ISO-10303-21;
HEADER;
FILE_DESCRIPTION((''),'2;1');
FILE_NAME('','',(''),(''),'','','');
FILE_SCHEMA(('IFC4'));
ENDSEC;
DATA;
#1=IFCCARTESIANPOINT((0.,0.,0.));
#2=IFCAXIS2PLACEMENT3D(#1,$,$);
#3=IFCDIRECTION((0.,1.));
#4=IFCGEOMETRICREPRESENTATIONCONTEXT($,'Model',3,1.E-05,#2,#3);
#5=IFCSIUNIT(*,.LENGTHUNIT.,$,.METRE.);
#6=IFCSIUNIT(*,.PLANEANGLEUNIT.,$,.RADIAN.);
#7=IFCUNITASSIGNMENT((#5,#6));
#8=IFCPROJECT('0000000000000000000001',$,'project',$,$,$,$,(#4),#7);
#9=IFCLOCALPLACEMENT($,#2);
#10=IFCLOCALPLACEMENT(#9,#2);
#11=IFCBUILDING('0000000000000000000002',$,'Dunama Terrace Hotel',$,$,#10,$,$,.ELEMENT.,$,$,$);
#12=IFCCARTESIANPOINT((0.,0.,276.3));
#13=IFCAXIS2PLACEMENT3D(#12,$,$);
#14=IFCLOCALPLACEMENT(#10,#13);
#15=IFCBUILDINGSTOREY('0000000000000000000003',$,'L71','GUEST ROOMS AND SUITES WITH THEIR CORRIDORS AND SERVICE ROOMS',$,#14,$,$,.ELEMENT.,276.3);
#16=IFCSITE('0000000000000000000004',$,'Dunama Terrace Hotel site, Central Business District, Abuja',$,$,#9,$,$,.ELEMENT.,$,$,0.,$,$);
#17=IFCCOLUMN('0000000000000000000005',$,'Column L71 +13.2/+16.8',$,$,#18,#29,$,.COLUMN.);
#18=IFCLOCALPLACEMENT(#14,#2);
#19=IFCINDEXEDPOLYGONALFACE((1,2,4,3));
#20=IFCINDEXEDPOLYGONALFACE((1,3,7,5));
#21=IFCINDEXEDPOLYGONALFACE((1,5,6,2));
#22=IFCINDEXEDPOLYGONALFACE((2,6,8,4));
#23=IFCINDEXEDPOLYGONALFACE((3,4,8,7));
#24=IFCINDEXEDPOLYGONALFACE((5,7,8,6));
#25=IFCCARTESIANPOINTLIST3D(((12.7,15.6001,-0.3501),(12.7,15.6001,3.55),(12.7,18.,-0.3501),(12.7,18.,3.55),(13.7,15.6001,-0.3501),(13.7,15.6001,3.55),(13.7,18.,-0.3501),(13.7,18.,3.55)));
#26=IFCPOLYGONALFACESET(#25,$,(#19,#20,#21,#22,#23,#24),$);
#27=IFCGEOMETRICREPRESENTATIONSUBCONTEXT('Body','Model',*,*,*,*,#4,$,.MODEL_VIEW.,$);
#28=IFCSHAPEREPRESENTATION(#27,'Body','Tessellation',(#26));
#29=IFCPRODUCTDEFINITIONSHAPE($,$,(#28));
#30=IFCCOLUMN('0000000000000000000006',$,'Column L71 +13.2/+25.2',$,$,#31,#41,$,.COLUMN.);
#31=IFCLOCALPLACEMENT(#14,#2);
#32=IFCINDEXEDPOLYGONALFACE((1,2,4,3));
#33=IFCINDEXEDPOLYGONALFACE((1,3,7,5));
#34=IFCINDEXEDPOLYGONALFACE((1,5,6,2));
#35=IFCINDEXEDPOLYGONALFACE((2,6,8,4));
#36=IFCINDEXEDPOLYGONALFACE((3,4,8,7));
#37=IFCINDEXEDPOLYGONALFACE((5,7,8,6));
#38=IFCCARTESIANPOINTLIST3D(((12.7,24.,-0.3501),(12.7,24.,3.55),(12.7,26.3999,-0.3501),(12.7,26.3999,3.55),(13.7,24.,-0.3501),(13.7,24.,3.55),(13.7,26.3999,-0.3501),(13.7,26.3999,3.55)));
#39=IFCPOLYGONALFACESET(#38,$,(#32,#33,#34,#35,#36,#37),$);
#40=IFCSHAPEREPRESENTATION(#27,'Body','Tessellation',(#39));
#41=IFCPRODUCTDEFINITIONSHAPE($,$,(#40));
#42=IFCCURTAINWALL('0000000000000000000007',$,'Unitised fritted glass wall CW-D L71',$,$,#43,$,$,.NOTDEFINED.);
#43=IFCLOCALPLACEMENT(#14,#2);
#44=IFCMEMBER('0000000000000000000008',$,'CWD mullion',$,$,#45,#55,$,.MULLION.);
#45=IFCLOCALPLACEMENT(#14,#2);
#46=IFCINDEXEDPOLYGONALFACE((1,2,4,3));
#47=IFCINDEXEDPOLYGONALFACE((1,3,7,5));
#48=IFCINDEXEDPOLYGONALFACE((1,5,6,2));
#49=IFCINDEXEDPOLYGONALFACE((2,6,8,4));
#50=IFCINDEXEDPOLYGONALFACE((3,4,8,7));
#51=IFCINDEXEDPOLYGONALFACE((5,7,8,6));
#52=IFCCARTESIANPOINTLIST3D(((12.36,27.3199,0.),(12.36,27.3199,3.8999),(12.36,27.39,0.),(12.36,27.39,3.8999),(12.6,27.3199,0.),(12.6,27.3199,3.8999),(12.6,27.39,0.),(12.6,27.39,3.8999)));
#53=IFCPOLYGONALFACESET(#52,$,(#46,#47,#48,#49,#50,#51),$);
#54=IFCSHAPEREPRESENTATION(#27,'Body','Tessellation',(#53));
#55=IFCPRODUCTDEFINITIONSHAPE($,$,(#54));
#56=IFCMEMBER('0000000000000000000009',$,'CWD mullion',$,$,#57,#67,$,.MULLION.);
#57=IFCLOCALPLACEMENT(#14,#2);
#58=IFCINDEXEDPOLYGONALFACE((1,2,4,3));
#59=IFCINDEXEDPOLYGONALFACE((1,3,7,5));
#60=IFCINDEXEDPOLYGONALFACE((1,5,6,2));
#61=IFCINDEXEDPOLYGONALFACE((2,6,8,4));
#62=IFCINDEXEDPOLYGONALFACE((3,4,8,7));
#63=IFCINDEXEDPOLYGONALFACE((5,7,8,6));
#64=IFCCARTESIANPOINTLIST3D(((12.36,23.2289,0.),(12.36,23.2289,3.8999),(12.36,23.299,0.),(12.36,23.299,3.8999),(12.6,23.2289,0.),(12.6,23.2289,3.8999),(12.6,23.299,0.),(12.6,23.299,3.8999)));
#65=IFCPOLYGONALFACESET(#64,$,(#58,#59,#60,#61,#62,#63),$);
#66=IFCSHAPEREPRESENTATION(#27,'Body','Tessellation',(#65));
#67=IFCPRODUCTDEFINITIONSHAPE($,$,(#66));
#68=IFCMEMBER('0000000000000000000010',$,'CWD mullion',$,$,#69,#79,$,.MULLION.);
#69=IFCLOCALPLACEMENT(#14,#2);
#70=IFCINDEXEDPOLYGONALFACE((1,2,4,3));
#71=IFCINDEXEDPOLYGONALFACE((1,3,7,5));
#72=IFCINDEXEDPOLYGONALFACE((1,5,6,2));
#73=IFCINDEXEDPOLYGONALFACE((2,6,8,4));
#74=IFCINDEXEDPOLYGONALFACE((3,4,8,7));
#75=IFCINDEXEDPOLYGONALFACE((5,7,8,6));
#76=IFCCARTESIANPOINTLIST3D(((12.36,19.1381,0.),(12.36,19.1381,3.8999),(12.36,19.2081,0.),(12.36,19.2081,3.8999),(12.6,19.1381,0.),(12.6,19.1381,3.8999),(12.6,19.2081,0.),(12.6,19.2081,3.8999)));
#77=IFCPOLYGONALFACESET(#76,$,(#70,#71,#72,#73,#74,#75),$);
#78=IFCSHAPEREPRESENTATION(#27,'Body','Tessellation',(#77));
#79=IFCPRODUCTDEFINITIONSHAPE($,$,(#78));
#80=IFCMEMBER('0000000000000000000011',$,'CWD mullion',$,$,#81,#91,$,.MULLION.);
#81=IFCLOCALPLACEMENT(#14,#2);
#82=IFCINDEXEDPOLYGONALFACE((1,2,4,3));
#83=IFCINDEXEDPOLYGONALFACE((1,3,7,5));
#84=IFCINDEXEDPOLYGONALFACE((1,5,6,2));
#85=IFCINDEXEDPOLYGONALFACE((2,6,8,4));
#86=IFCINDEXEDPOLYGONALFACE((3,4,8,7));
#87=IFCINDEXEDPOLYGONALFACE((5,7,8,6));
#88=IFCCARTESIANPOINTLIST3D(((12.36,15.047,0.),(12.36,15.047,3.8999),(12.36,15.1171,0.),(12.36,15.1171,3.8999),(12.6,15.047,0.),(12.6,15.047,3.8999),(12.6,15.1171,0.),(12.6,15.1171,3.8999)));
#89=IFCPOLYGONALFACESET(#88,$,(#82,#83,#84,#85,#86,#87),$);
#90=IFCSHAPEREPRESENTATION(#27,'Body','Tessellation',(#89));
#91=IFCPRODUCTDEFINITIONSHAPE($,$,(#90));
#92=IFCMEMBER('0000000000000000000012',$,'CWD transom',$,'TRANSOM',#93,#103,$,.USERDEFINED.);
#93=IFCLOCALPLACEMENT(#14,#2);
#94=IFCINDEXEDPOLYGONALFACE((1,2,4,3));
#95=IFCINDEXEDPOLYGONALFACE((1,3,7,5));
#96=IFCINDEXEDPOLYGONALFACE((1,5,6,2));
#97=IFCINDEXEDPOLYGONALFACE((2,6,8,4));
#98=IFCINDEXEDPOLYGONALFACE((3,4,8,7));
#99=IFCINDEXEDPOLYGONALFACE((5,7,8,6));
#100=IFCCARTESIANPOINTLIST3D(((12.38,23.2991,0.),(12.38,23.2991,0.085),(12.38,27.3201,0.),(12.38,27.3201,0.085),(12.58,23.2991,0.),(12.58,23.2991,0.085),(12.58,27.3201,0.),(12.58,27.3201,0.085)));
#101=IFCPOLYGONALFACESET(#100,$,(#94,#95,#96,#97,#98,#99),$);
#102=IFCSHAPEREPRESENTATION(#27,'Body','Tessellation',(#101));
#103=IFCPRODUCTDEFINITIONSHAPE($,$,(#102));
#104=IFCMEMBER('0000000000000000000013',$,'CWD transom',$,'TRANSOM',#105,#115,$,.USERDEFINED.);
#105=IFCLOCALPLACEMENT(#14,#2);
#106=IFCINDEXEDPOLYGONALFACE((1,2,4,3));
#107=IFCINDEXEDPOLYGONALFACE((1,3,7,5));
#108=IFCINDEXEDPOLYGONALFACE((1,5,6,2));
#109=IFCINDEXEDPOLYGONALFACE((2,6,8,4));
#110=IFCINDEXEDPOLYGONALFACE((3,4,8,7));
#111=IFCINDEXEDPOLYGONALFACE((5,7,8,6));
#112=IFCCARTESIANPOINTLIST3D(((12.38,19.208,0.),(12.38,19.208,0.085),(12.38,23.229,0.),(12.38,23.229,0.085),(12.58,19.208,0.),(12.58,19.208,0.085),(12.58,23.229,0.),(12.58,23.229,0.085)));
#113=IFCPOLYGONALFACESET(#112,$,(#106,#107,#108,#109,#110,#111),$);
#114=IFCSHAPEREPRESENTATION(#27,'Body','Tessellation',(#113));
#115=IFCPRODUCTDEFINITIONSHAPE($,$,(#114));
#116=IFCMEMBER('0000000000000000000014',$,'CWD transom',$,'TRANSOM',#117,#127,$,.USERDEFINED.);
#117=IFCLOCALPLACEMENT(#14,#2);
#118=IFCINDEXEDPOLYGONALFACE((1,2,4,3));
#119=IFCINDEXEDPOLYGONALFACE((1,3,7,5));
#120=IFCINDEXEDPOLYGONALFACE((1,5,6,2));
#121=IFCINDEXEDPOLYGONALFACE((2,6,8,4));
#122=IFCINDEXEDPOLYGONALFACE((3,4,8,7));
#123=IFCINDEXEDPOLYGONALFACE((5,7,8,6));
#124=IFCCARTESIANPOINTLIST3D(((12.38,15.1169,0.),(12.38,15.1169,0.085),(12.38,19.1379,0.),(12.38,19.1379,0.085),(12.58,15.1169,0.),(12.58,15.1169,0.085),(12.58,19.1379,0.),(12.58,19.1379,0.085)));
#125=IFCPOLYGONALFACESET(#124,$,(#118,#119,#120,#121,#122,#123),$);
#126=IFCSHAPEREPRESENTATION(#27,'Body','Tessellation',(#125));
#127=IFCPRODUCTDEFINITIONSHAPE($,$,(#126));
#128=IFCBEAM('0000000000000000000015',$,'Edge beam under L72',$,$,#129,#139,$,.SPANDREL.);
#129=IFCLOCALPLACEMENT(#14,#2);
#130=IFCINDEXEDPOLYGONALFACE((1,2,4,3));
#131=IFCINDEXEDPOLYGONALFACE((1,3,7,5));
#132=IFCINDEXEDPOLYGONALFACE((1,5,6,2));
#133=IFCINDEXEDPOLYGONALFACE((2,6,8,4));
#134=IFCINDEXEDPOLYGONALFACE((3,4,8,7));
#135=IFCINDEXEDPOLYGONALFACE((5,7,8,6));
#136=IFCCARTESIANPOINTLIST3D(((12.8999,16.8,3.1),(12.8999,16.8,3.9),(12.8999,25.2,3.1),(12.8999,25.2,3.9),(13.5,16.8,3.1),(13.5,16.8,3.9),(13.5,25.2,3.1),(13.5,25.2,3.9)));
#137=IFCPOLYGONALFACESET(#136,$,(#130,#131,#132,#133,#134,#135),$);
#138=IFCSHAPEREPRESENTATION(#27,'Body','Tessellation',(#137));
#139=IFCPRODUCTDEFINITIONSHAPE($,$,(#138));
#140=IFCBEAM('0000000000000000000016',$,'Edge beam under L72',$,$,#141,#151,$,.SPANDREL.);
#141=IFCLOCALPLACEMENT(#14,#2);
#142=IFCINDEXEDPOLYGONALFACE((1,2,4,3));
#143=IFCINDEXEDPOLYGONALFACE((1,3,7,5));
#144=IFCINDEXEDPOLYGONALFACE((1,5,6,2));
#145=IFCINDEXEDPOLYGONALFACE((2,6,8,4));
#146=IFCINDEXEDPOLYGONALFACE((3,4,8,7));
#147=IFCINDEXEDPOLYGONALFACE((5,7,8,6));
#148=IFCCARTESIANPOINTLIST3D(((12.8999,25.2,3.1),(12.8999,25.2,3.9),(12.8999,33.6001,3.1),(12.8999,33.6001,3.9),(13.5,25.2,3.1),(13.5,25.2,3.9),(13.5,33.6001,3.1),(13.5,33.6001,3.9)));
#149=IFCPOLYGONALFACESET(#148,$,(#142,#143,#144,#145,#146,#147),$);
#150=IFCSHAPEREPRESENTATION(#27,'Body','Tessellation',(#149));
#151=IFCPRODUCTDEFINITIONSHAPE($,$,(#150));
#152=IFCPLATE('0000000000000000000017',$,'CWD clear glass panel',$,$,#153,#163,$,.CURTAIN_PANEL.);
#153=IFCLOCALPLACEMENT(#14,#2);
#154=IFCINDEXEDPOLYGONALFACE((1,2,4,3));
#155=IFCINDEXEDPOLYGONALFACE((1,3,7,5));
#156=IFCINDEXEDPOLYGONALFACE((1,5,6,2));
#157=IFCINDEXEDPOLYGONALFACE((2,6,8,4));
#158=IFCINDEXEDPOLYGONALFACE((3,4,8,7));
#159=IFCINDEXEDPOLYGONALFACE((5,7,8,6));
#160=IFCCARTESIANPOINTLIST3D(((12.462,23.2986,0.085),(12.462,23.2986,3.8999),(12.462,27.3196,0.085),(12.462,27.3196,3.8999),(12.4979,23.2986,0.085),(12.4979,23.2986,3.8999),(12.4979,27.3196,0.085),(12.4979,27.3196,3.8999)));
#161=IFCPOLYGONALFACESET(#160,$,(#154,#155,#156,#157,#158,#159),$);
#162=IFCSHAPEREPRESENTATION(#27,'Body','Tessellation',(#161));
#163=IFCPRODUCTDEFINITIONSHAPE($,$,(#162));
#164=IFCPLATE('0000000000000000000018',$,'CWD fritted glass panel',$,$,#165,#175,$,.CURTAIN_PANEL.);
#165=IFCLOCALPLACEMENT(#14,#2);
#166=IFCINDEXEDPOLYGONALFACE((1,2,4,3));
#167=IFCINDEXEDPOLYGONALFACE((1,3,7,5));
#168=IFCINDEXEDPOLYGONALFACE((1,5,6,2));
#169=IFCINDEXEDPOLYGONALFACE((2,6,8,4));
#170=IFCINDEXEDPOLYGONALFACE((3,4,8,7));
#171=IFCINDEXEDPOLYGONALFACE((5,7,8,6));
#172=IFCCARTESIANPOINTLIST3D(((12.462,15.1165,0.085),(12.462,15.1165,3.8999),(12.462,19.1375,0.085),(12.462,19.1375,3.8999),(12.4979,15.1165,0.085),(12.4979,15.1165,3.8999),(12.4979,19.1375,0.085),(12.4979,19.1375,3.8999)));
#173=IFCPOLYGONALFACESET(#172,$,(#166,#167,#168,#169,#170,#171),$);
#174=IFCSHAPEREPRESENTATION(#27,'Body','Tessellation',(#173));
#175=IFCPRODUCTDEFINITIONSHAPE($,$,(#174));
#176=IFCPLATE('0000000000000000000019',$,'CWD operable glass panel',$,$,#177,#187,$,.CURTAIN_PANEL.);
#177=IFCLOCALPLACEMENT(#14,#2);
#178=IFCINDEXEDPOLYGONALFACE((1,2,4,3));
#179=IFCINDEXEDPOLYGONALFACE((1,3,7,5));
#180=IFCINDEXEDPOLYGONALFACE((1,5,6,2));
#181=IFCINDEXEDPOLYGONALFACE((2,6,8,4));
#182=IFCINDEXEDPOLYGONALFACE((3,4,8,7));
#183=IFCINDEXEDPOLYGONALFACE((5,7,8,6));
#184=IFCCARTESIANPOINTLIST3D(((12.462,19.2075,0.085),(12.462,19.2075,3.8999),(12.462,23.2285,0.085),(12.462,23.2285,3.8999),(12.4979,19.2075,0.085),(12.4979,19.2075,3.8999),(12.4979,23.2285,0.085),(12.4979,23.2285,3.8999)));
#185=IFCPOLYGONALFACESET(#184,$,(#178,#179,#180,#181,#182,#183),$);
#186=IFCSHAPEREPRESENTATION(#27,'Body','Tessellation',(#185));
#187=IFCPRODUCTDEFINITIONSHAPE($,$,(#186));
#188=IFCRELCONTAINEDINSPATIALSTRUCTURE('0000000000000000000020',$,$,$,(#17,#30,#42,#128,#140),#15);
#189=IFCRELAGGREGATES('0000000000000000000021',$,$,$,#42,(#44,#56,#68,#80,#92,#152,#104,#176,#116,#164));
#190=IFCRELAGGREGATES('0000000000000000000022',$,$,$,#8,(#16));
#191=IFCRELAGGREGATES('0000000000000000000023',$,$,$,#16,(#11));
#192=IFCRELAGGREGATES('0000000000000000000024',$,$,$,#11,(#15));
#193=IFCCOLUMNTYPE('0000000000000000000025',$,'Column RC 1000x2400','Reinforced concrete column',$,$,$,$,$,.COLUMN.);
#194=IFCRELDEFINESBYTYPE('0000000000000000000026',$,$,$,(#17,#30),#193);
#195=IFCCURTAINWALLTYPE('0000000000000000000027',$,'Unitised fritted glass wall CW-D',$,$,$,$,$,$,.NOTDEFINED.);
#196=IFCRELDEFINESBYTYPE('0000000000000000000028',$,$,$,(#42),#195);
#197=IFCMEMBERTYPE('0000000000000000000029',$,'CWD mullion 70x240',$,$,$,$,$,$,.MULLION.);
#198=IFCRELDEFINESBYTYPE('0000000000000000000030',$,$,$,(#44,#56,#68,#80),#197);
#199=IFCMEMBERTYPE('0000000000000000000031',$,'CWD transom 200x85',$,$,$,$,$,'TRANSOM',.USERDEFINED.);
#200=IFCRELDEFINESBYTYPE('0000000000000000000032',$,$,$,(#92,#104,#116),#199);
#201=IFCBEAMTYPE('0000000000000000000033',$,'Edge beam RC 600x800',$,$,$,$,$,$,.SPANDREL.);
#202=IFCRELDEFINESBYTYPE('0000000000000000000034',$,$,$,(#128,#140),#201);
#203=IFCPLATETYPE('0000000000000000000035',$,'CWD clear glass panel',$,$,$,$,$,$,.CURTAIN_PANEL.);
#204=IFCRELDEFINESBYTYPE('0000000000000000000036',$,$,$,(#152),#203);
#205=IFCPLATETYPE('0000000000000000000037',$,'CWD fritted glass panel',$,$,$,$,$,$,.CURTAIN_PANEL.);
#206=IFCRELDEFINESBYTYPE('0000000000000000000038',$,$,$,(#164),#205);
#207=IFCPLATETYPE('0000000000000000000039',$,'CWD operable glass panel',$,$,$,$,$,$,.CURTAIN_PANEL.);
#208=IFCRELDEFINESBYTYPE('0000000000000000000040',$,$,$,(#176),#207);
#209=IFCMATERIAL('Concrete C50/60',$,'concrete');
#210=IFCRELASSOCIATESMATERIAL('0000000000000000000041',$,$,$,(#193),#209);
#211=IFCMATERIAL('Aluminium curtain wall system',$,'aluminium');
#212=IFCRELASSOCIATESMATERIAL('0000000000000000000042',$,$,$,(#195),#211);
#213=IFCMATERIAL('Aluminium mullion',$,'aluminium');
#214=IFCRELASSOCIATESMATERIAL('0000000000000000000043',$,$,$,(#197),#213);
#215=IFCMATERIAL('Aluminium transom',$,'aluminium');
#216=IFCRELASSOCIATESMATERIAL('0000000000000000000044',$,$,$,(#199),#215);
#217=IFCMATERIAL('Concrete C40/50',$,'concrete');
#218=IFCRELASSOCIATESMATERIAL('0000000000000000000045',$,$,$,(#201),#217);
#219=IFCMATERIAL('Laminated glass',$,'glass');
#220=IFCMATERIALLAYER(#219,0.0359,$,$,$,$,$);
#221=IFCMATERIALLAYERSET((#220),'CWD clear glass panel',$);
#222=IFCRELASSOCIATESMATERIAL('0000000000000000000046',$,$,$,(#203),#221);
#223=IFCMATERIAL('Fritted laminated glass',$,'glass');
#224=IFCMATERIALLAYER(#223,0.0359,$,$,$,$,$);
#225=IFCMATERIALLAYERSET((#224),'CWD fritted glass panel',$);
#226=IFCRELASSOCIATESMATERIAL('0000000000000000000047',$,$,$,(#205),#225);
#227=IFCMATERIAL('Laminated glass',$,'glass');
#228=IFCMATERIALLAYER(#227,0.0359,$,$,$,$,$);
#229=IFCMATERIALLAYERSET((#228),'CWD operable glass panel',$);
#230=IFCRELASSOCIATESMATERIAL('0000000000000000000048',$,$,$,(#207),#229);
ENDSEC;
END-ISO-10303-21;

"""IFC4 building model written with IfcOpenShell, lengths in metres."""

from ifc_helpers import new_model, si_unit, direction, frame, origin, origin_2d, place, context, subcontext, project, spatial, rectangle, extrude, material, layer, layer_set, material_profile, profile_set, type_object, element, aggregate, save


model = new_model("IFC4")

# Units and contexts
model_context = context("Model", 3, precision=1e-05, world=origin(), true_north=direction((0.0, 1.0)))
body_context = subcontext(model_context, "Body", "Model", "MODEL_VIEW")
ifc_project = project(units=[si_unit("LENGTHUNIT", "METRE"), si_unit("PLANEANGLEUNIT", "RADIAN")], contexts=[model_context])

# Site, building, storey
site_placement = place(None, origin())
site = spatial("IfcSite", under=ifc_project, at=site_placement, Name="Dunama Terrace Hotel site, Central Business District, Abuja", CompositionType="ELEMENT", RefElevation=0.0)
building_placement = place(site_placement, origin())
building = spatial("IfcBuilding", under=site, at=building_placement, Name="Dunama Terrace Hotel", CompositionType="ELEMENT")
storey_placement = place(building_placement, frame((0.0, 0.0, 276.3)))
storey = spatial("IfcBuildingStorey", under=building, at=storey_placement, Name="L71", Description="GUEST ROOMS AND SUITES WITH THEIR CORRIDORS AND SERVICE ROOMS", CompositionType="ELEMENT", Elevation=276.3)

# Columns
ifc_material_1 = material(Name="Concrete C50/60", Category="concrete")
ifc_material_profile_1 = material_profile(ifc_material_1, rectangle(XDim=1.0, YDim=2.3999, at=origin_2d()), Name="RC 1000x2400")
ifc_profile_set_1 = profile_set([ifc_material_profile_1], Name="Concrete C50/60")
column_type = type_object("IfcColumnType", Name="Column RC 1000x2400", Description="Reinforced concrete column", PredefinedType="COLUMN", material=ifc_profile_set_1)
for number, where, z_axis, x_axis, name in (
    (1, (13.2, 16.8, -0.3501), (0.0, 0.0, 1.0), (1.0, 0.0, 0.0), "Column L71 +13.2/+16.8"),
    (2, (13.2, 25.2, -0.3501), (0.0, 0.0, 1.0), (1.0, 0.0, 0.0), "Column L71 +13.2/+25.2"),
):
    element("IfcColumn", number, at=place(storey_placement, frame(where, z_axis=z_axis, x_axis=x_axis)), inside=storey, type_object=column_type, Name=name, PredefinedType="COLUMN", context=body_context, shape_type="SweptSolid", body=[
        extrude(rectangle(XDim=1.0, YDim=2.3999, at=origin_2d()), origin(), (0.0, 0.0, 1.0), 3.9001),
    ])

# Curtain wall, members
ifc_material_2 = material(Name="Aluminium curtain wall system", Category="aluminium")
curtain_wall_type = type_object("IfcCurtainWallType", Name="Unitised fritted glass wall CW-D", PredefinedType="NOTDEFINED", material=ifc_material_2)
curtain_wall_placement = place(storey_placement, origin())
curtain_wall = element("IfcCurtainWall", 3, at=curtain_wall_placement, inside=storey, type_object=curtain_wall_type, Name="Unitised fritted glass wall CW-D L71", PredefinedType="NOTDEFINED")
ifc_material_3 = material(Name="Aluminium mullion", Category="aluminium")
ifc_material_profile_2 = material_profile(ifc_material_3, rectangle(XDim=0.0701, YDim=0.24, at=origin_2d()), Name="CWD MULLION 70X240")
ifc_profile_set_2 = profile_set([ifc_material_profile_2], Name="Aluminium mullion")
member_type_1 = type_object("IfcMemberType", Name="CWD mullion 70x240", PredefinedType="MULLION", material=ifc_profile_set_2)
member_1_placement = place(storey_placement, frame((12.48, 27.355, 0.0), z_axis=(0.0, 0.0, 1.0), x_axis=(0.0, -1.0, 0.0)))
member_1 = element("IfcMember", 4, at=member_1_placement, type_object=member_type_1, Name="CWD mullion", PredefinedType="MULLION", context=body_context, shape_type="SweptSolid", body=[
    extrude(rectangle(XDim=0.0701, YDim=0.24, at=origin_2d()), origin(), (0.0, 0.0, 1.0), 3.8999),
])
member_2_placement = place(storey_placement, frame((12.48, 23.2639, 0.0), z_axis=(0.0, 0.0, 1.0), x_axis=(0.0, -1.0, 0.0)))
member_2 = element("IfcMember", 5, at=member_2_placement, type_object=member_type_1, Name="CWD mullion", PredefinedType="MULLION", context=body_context, shape_type="SweptSolid", body=[
    extrude(rectangle(XDim=0.0701, YDim=0.24, at=origin_2d()), origin(), (0.0, 0.0, 1.0), 3.8999),
])
member_3_placement = place(storey_placement, frame((12.48, 19.1731, 0.0), z_axis=(0.0, 0.0, 1.0), x_axis=(0.0, -1.0, 0.0)))
member_3 = element("IfcMember", 6, at=member_3_placement, type_object=member_type_1, Name="CWD mullion", PredefinedType="MULLION", context=body_context, shape_type="SweptSolid", body=[
    extrude(rectangle(XDim=0.0701, YDim=0.24, at=origin_2d()), origin(), (0.0, 0.0, 1.0), 3.8999),
])
member_4_placement = place(storey_placement, frame((12.48, 15.082, 0.0), z_axis=(0.0, 0.0, 1.0), x_axis=(0.0, -1.0, 0.0)))
member_4 = element("IfcMember", 7, at=member_4_placement, type_object=member_type_1, Name="CWD mullion", PredefinedType="MULLION", context=body_context, shape_type="SweptSolid", body=[
    extrude(rectangle(XDim=0.0701, YDim=0.24, at=origin_2d()), origin(), (0.0, 0.0, 1.0), 3.8999),
])
ifc_material_4 = material(Name="Aluminium transom", Category="aluminium")
ifc_material_profile_3 = material_profile(ifc_material_4, rectangle(XDim=0.2, YDim=0.085, at=origin_2d()), Name="CWD TRANSOM 200X85")
ifc_profile_set_3 = profile_set([ifc_material_profile_3], Name="Aluminium transom")
member_type_2 = type_object("IfcMemberType", Name="CWD transom 200x85", ElementType="TRANSOM", PredefinedType="USERDEFINED", material=ifc_profile_set_3)
member_5_placement = place(storey_placement, frame((12.48, 27.3201, 0.0425), z_axis=(0.0, -1.0, 0.0), x_axis=(1.0, 0.0, 0.0)))
member_5 = element("IfcMember", 8, at=member_5_placement, type_object=member_type_2, Name="CWD transom", ObjectType="TRANSOM", PredefinedType="USERDEFINED", context=body_context, shape_type="SweptSolid", body=[
    extrude(rectangle(XDim=0.2, YDim=0.085, at=origin_2d()), origin(), (0.0, 0.0, 1.0), 4.021),
])
member_6_placement = place(storey_placement, frame((12.48, 23.229, 0.0425), z_axis=(0.0, -1.0, 0.0), x_axis=(1.0, 0.0, 0.0)))
member_6 = element("IfcMember", 9, at=member_6_placement, type_object=member_type_2, Name="CWD transom", ObjectType="TRANSOM", PredefinedType="USERDEFINED", context=body_context, shape_type="SweptSolid", body=[
    extrude(rectangle(XDim=0.2, YDim=0.085, at=origin_2d()), origin(), (0.0, 0.0, 1.0), 4.021),
])
member_7_placement = place(storey_placement, frame((12.48, 19.1379, 0.0425), z_axis=(0.0, -1.0, 0.0), x_axis=(1.0, 0.0, 0.0)))
member_7 = element("IfcMember", 10, at=member_7_placement, type_object=member_type_2, Name="CWD transom", ObjectType="TRANSOM", PredefinedType="USERDEFINED", context=body_context, shape_type="SweptSolid", body=[
    extrude(rectangle(XDim=0.2, YDim=0.085, at=origin_2d()), origin(), (0.0, 0.0, 1.0), 4.021),
])

# Beams
ifc_material_5 = material(Name="Concrete C40/50", Category="concrete")
ifc_material_profile_4 = material_profile(ifc_material_5, rectangle(XDim=0.6001, YDim=0.8, at=origin_2d()), Name="RC 600x800")
ifc_profile_set_4 = profile_set([ifc_material_profile_4], Name="Concrete C40/50")
beam_type = type_object("IfcBeamType", Name="Edge beam RC 600x800", PredefinedType="SPANDREL", material=ifc_profile_set_4)
beam_1_placement = place(storey_placement, frame((13.2, 16.8, 3.5), z_axis=(0.0, 1.0, 0.0), x_axis=(-1.0, 0.0, 0.0)))
element("IfcBeam", 11, at=beam_1_placement, inside=storey, type_object=beam_type, Name="Edge beam under L72", PredefinedType="SPANDREL", context=body_context, shape_type="SweptSolid", body=[
    extrude(rectangle(XDim=0.6001, YDim=0.8, at=origin_2d()), origin(), (0.0, 0.0, 1.0), 8.3999),
])
beam_2_placement = place(storey_placement, frame((13.2, 25.2, 3.5), z_axis=(0.0, 1.0, 0.0), x_axis=(-1.0, 0.0, 0.0)))
element("IfcBeam", 12, at=beam_2_placement, inside=storey, type_object=beam_type, Name="Edge beam under L72", PredefinedType="SPANDREL", context=body_context, shape_type="SweptSolid", body=[
    extrude(rectangle(XDim=0.6001, YDim=0.8, at=origin_2d()), origin(), (0.0, 0.0, 1.0), 8.4001),
])

# Plates
ifc_material_6 = material(Name="Laminated glass", Category="glass")
ifc_layer_1 = layer(ifc_material_6, 0.0359)
ifc_layer_set_1 = layer_set([ifc_layer_1], Name="CWD clear glass panel")
plate_type_1 = type_object("IfcPlateType", Name="CWD clear glass panel", PredefinedType="CURTAIN_PANEL", material=ifc_layer_set_1)
plate_1_placement = place(storey_placement, frame((12.48, 25.3091, 0.085), z_axis=(0.0, 0.0, 1.0), x_axis=(0.0, -1.0, 0.0)))
plate_1 = element("IfcPlate", 13, at=plate_1_placement, type_object=plate_type_1, Name="CWD clear glass panel", PredefinedType="CURTAIN_PANEL", context=body_context, shape_type="SweptSolid", body=[
    extrude(rectangle(XDim=4.021, YDim=0.0359, at=origin_2d()), origin(), (0.0, 0.0, 1.0), 3.8149),
])
ifc_material_7 = material(Name="Fritted laminated glass", Category="glass")
ifc_layer_2 = layer(ifc_material_7, 0.0359)
ifc_layer_set_2 = layer_set([ifc_layer_2], Name="CWD fritted glass panel")
plate_type_2 = type_object("IfcPlateType", Name="CWD fritted glass panel", PredefinedType="CURTAIN_PANEL", material=ifc_layer_set_2)
plate_2_placement = place(storey_placement, frame((12.48, 17.127, 0.085), z_axis=(0.0, 0.0, 1.0), x_axis=(0.0, -1.0, 0.0)))
plate_2 = element("IfcPlate", 14, at=plate_2_placement, type_object=plate_type_2, Name="CWD fritted glass panel", PredefinedType="CURTAIN_PANEL", context=body_context, shape_type="SweptSolid", body=[
    extrude(rectangle(XDim=4.021, YDim=0.0359, at=origin_2d()), origin(), (0.0, 0.0, 1.0), 3.8149),
])
ifc_material_8 = material(Name="Laminated glass", Category="glass")
ifc_layer_3 = layer(ifc_material_8, 0.0359)
ifc_layer_set_3 = layer_set([ifc_layer_3], Name="CWD operable glass panel")
plate_type_3 = type_object("IfcPlateType", Name="CWD operable glass panel", PredefinedType="CURTAIN_PANEL", material=ifc_layer_set_3)
plate_3_placement = place(storey_placement, frame((12.48, 21.218, 0.085), z_axis=(0.0, 0.0, 1.0), x_axis=(0.0, -1.0, 0.0)))
plate_3 = element("IfcPlate", 15, at=plate_3_placement, type_object=plate_type_3, Name="CWD operable glass panel", PredefinedType="CURTAIN_PANEL", context=body_context, shape_type="SweptSolid", body=[
    extrude(rectangle(XDim=4.021, YDim=0.0359, at=origin_2d()), origin(), (0.0, 0.0, 1.0), 3.8149),
])
aggregate(curtain_wall, [member_1, member_2, member_3, member_4, member_5, plate_1, member_6, plate_3, member_7, plate_2])

save(model, "model.ifc")
